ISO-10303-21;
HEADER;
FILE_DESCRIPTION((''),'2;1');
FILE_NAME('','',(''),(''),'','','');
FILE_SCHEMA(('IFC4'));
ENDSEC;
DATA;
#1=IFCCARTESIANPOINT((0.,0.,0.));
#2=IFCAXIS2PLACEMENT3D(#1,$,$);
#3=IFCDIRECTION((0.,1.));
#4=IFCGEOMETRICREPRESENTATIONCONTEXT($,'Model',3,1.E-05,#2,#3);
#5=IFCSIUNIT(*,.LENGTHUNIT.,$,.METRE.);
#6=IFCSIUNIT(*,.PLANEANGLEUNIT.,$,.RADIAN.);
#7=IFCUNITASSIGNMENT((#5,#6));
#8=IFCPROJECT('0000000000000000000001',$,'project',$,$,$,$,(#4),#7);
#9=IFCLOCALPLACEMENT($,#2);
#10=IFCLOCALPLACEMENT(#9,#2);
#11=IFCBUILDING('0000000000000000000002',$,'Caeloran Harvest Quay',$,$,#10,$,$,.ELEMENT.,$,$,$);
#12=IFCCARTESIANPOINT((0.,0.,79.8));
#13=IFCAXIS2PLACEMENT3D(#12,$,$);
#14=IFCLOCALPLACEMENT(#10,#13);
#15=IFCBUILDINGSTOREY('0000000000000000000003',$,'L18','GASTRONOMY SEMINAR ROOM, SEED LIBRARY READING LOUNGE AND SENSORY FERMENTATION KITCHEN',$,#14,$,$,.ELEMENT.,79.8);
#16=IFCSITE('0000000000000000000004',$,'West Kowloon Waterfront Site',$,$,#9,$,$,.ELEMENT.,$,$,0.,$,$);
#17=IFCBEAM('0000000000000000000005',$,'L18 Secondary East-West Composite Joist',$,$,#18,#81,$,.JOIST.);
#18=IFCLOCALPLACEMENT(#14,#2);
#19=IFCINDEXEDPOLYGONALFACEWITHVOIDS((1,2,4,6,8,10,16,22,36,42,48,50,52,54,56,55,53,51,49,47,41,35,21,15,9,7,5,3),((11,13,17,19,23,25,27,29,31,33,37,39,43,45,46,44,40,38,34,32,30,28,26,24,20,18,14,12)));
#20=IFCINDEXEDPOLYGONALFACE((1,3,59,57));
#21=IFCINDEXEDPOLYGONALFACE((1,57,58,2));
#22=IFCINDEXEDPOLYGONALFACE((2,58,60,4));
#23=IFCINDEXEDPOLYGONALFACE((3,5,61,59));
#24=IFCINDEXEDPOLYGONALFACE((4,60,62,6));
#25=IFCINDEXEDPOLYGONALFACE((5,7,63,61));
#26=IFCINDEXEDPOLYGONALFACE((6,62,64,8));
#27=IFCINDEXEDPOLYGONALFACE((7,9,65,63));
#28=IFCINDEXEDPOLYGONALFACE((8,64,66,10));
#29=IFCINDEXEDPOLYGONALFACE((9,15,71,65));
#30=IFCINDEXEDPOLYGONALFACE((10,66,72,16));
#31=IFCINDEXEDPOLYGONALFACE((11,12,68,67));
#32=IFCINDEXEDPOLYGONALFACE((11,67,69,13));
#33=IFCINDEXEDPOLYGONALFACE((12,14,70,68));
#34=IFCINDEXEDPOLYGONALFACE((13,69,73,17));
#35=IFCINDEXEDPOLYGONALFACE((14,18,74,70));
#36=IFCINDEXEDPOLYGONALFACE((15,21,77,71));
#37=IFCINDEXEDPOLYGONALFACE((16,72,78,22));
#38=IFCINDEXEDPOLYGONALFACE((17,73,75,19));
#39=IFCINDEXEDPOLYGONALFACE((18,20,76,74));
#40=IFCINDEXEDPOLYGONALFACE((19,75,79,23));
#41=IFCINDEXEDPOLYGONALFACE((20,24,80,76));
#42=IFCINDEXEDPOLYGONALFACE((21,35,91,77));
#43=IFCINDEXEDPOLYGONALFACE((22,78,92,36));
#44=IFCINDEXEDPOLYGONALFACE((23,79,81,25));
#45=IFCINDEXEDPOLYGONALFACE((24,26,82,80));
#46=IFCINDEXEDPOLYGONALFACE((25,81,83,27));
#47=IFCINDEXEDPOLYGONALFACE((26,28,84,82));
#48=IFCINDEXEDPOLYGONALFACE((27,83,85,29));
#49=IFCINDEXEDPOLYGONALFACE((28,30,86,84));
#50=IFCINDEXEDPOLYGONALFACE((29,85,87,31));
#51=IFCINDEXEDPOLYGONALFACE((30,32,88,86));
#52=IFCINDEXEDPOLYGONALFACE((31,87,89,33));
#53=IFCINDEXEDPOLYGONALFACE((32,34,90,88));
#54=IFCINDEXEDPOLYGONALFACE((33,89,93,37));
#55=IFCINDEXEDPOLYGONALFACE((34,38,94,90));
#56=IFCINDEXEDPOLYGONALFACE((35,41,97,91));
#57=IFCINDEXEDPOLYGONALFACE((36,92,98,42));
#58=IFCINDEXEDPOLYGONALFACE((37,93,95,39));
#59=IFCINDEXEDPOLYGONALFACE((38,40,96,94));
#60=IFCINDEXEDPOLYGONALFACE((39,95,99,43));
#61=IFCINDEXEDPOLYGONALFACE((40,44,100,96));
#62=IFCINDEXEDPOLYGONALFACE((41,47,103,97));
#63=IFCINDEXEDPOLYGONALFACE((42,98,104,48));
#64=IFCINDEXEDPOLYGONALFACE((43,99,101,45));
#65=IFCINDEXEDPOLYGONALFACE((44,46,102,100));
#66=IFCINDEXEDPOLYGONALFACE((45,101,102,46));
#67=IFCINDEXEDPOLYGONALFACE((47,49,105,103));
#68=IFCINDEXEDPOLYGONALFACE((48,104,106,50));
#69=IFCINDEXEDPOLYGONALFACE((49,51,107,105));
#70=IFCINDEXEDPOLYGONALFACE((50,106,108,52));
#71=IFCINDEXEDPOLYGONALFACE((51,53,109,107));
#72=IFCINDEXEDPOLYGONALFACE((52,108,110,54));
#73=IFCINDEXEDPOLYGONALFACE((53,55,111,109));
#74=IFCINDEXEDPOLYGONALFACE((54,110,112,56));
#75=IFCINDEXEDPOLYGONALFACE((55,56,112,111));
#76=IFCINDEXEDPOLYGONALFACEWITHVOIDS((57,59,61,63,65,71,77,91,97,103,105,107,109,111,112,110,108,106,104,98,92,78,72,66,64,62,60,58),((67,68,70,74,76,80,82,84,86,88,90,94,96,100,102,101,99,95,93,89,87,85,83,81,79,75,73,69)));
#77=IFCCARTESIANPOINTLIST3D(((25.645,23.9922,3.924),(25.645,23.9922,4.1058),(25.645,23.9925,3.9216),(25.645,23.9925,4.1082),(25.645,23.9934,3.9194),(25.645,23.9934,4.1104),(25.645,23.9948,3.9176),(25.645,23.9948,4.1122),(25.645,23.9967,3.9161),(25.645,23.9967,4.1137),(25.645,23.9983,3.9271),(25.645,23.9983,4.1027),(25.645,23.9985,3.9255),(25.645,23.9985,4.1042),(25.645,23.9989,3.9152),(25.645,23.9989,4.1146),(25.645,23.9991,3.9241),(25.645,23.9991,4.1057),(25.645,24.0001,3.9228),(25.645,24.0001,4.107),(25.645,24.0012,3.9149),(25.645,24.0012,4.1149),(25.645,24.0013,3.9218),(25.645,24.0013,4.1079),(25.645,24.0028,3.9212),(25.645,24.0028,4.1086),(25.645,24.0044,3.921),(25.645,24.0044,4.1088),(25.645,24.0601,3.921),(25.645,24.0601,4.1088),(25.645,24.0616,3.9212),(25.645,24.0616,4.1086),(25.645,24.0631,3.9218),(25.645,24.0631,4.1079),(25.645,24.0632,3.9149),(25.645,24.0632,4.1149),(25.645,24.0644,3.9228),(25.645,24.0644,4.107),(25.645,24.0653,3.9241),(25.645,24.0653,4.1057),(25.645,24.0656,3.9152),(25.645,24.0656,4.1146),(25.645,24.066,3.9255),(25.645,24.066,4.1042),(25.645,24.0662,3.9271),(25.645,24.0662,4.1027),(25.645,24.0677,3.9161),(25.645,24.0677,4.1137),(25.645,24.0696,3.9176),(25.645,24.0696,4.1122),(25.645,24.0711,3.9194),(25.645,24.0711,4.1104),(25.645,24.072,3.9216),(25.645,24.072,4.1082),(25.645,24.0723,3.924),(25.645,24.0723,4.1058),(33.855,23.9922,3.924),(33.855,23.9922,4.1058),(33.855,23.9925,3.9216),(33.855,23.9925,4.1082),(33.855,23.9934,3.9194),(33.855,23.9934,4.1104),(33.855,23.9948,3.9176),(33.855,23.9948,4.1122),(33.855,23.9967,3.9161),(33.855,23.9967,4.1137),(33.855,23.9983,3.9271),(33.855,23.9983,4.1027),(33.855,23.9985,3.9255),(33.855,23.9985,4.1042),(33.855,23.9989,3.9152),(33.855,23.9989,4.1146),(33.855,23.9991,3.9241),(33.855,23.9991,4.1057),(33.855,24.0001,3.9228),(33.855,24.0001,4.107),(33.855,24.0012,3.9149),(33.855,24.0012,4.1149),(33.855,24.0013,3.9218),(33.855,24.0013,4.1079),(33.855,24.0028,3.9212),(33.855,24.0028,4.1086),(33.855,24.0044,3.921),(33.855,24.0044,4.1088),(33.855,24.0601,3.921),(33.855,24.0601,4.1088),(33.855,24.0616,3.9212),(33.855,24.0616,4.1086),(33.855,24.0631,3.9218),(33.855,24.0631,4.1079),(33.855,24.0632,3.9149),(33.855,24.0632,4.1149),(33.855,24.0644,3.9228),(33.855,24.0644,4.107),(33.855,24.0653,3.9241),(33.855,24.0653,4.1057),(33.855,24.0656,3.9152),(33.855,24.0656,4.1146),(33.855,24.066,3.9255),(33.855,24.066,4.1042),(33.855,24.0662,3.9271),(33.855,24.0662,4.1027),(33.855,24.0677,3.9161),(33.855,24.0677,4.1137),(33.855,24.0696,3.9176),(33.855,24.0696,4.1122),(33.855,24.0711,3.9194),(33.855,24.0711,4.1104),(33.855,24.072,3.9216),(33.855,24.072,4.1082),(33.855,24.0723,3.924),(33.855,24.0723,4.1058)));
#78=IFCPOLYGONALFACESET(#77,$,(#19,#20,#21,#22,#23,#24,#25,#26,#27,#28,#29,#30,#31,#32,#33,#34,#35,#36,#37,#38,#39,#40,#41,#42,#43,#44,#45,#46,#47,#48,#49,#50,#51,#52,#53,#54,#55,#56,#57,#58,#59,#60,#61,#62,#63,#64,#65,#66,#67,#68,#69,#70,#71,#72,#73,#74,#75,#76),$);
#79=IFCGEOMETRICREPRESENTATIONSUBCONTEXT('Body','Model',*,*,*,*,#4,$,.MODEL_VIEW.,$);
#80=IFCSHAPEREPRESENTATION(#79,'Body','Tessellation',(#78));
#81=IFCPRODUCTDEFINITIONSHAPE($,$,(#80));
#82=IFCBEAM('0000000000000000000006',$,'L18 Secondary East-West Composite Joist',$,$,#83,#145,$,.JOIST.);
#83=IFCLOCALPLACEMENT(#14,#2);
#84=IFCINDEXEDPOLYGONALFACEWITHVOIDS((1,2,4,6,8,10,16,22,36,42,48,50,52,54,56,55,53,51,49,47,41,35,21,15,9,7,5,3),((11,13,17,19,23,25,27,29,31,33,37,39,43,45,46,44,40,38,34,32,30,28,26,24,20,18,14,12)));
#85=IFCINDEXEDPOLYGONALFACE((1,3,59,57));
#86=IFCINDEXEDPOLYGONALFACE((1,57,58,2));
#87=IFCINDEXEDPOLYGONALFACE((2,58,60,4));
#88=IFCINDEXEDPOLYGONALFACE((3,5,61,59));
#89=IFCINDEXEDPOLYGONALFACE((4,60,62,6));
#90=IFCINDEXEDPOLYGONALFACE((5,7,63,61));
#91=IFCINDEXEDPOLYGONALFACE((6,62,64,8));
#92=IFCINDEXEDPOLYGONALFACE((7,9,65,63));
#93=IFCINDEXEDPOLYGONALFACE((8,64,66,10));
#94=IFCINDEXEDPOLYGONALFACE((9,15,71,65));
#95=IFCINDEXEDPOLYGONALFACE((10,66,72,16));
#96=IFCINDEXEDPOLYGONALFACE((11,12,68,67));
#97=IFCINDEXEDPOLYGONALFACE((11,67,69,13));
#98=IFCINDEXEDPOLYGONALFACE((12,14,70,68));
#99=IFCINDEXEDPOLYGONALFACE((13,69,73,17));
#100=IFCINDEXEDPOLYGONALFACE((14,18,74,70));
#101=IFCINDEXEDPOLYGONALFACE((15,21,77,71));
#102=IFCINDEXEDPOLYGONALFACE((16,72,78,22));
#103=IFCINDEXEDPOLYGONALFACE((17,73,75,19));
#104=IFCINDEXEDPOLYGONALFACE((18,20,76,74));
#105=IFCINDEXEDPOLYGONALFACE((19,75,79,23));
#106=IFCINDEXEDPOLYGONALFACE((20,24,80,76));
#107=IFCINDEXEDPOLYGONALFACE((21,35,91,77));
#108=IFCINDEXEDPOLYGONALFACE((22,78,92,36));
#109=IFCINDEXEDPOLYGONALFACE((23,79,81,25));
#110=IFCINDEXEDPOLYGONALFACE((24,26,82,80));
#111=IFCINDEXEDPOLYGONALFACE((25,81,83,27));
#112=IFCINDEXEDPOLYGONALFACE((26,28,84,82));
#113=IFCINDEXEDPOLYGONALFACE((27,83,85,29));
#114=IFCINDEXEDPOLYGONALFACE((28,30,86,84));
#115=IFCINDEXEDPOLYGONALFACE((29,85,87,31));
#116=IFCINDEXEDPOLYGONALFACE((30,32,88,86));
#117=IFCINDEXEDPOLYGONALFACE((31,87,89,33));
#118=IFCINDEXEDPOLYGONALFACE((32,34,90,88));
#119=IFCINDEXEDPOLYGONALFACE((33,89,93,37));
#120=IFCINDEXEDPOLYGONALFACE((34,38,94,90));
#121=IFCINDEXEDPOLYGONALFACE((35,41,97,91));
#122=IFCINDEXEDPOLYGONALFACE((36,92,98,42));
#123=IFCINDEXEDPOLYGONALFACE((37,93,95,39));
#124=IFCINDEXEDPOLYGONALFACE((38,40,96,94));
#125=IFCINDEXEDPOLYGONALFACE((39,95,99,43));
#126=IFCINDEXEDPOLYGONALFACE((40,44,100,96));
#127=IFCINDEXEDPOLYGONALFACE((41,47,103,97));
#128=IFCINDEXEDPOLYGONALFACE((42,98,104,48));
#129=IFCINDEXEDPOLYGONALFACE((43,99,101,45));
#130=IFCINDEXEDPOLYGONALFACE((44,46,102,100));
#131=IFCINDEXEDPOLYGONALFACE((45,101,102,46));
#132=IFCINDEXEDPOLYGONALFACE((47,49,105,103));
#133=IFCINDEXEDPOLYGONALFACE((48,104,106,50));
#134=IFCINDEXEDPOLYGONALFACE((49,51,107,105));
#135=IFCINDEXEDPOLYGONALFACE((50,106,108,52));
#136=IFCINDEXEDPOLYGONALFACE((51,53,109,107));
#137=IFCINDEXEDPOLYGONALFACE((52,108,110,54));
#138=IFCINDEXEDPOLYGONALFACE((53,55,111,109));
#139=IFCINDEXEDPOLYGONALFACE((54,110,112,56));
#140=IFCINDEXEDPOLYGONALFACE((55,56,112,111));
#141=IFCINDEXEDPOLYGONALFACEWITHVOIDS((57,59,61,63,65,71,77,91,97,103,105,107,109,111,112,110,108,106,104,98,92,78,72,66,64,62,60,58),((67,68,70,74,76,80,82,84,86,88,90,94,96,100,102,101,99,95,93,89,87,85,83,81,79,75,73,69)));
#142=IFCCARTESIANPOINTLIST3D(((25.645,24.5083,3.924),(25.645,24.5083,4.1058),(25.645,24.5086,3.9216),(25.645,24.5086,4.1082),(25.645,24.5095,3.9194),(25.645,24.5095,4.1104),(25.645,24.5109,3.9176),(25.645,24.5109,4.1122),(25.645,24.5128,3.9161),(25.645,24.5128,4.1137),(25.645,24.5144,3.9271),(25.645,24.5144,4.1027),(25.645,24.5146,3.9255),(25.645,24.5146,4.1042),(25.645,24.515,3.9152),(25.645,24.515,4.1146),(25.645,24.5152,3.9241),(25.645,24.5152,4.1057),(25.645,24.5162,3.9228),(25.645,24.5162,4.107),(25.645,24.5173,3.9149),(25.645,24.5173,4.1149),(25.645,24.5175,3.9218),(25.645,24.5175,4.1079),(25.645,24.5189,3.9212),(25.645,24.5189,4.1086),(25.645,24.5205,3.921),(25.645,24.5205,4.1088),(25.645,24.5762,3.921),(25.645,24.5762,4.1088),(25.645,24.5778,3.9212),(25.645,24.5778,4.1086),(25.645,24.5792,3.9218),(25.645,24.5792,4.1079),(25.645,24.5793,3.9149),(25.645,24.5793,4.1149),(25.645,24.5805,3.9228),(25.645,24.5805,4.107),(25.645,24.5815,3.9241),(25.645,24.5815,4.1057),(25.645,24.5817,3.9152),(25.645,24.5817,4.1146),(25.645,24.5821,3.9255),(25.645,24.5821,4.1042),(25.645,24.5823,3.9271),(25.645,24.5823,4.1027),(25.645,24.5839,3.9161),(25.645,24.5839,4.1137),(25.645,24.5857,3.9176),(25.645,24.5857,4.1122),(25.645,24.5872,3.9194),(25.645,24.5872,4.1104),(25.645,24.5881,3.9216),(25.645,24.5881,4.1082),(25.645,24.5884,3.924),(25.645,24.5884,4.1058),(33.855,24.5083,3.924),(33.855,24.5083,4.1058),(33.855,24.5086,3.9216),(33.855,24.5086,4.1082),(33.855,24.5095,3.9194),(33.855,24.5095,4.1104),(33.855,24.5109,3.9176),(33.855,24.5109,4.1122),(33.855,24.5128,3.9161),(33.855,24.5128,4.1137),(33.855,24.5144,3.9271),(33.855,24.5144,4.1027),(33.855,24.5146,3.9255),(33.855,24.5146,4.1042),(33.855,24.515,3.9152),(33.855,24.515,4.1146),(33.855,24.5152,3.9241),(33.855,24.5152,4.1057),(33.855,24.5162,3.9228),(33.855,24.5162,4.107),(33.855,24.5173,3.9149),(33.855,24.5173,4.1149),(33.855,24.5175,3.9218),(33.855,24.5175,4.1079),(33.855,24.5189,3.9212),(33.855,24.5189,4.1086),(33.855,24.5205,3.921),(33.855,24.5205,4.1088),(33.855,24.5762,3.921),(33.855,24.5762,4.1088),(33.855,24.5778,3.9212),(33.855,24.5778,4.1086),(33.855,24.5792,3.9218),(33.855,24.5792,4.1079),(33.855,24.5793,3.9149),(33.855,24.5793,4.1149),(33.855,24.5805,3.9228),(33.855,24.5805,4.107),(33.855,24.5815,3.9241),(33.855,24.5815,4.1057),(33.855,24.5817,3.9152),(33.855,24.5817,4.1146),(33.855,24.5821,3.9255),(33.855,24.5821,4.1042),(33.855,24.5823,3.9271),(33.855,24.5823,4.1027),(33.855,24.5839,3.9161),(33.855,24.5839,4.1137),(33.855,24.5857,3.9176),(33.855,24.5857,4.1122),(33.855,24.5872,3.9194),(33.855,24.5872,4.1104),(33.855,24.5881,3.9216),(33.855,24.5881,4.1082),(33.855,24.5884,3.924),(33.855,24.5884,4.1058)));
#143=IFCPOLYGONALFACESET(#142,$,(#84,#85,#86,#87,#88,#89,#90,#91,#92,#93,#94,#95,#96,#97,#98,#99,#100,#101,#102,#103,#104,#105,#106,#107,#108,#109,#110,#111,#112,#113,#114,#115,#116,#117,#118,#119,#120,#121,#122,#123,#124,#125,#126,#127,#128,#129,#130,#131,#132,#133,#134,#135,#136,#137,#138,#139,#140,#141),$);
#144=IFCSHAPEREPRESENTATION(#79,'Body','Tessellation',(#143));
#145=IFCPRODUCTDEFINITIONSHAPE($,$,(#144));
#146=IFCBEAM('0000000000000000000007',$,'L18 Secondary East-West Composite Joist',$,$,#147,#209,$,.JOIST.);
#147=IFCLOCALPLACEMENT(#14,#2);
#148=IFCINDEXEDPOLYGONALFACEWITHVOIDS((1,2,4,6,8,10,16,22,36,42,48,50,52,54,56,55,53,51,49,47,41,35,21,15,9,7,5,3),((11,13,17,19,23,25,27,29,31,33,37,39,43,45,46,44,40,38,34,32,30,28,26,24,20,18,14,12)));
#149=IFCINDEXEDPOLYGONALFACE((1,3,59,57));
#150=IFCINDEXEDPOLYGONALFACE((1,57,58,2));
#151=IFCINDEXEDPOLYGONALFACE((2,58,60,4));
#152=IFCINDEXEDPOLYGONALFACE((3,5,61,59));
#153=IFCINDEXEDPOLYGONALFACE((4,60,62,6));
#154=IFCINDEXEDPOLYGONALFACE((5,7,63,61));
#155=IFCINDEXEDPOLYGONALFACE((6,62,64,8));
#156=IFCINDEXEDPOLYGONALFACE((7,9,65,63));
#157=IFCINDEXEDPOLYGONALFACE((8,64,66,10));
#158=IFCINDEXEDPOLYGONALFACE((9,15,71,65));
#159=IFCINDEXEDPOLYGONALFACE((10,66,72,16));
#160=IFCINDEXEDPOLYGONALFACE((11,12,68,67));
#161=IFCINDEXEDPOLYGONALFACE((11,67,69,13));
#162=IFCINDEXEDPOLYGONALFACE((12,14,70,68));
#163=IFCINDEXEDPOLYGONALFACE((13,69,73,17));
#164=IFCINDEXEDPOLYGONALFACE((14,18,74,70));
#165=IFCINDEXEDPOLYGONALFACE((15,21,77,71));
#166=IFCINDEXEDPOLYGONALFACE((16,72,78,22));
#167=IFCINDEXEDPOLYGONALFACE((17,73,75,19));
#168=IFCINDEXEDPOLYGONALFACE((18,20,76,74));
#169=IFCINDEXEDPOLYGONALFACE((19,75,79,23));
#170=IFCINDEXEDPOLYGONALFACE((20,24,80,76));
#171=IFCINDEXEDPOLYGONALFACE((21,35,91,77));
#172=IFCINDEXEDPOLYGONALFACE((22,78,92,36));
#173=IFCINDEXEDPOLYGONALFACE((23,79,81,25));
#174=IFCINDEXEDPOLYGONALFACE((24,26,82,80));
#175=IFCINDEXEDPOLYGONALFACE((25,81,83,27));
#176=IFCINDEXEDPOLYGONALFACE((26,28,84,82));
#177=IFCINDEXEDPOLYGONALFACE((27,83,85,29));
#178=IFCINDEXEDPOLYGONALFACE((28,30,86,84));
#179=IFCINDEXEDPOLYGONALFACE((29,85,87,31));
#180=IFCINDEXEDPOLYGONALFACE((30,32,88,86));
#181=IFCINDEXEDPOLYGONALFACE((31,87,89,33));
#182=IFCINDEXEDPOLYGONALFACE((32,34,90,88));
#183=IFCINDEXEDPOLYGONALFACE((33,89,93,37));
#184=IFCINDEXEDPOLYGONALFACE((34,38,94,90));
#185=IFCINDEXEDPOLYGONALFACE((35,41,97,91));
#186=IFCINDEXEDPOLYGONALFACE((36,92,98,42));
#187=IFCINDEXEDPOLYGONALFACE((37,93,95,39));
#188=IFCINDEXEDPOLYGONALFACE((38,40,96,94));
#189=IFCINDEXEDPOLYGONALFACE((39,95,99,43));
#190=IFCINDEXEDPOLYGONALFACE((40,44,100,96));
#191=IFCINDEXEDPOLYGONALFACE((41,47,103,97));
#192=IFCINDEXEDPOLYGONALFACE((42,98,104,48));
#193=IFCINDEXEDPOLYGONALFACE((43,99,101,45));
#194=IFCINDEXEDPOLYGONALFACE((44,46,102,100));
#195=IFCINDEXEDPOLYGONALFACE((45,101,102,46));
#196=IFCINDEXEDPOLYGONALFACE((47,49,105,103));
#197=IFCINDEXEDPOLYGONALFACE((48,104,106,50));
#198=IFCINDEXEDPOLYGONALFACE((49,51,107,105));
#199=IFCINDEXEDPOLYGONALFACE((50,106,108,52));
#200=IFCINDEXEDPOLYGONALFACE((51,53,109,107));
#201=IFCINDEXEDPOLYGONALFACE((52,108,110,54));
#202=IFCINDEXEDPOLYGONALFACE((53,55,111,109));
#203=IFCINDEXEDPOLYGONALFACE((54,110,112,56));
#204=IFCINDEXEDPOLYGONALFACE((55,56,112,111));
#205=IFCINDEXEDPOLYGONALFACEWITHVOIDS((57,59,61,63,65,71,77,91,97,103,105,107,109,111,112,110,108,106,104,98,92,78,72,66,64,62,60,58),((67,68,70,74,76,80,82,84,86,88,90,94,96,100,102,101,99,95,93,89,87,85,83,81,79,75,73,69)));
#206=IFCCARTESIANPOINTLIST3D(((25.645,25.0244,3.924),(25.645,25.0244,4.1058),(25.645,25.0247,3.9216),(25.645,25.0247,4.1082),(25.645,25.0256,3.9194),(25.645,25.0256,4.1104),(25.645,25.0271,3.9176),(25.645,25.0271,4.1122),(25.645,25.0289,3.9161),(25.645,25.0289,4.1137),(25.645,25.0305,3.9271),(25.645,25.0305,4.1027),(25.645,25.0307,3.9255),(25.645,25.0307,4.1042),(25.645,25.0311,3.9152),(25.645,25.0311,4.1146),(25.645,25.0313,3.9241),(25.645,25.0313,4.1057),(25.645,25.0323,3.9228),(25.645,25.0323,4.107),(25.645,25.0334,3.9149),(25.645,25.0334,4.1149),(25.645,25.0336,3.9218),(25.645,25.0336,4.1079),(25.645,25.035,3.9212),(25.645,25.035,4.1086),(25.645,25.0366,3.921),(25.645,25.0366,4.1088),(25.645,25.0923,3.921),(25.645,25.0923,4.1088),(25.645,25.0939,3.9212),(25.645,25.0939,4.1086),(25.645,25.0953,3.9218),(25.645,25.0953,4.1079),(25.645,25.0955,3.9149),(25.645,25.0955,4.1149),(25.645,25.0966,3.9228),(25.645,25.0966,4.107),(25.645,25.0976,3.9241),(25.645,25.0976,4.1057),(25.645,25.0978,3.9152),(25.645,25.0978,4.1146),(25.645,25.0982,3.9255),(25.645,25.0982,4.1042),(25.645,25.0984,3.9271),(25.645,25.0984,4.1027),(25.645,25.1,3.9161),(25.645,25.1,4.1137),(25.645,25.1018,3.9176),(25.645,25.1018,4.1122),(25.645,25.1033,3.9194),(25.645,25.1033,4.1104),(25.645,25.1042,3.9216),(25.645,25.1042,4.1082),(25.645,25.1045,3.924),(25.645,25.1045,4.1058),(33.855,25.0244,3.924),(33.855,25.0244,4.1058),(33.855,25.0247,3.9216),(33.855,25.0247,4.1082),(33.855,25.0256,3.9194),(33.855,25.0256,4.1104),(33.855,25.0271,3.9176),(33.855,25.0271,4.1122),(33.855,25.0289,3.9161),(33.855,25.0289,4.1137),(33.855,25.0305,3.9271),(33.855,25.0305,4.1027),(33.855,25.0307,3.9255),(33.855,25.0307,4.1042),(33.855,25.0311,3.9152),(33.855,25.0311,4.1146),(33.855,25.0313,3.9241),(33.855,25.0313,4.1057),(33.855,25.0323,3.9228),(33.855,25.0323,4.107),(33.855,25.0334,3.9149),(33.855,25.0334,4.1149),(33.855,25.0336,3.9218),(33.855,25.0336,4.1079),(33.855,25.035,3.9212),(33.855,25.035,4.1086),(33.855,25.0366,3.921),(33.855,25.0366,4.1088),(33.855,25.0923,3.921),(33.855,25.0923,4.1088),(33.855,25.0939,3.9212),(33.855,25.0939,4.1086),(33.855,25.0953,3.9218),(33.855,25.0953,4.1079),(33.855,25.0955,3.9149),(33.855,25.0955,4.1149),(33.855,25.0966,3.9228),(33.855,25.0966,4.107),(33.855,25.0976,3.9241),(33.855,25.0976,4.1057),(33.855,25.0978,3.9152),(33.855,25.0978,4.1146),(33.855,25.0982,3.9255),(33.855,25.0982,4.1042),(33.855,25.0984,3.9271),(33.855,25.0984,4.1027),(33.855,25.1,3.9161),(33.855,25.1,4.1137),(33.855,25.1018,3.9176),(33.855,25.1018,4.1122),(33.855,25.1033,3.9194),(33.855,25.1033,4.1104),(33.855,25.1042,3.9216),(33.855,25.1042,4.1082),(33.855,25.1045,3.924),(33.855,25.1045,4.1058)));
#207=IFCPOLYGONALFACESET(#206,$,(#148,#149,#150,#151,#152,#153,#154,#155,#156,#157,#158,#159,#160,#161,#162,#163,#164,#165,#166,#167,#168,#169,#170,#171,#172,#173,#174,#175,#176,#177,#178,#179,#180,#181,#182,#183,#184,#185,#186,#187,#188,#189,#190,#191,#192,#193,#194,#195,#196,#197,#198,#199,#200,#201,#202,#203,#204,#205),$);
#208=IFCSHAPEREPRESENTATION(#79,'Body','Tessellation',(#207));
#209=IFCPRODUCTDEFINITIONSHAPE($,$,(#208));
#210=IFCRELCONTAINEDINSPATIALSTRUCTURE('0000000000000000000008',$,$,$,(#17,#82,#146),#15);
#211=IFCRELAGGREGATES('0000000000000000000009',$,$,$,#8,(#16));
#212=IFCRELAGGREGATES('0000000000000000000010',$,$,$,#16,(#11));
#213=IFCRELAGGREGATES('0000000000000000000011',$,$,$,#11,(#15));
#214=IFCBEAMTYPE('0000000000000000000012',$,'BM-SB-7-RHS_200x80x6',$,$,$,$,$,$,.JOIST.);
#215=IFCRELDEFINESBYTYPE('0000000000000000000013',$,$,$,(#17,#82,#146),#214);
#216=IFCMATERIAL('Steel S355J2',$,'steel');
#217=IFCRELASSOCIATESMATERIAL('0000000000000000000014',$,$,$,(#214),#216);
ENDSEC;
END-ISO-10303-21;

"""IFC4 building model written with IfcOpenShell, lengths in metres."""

from ifc_helpers import new_model, si_unit, direction, frame, origin, origin_2d, place, context, subcontext, project, spatial, hollow_rectangle, extrude, material, material_profile, profile_set, type_object, element, save


model = new_model("IFC4")

# Units and contexts
model_context = context("Model", 3, precision=1e-05, world=origin(), true_north=direction((0.0, 1.0)))
body_context = subcontext(model_context, "Body", "Model", "MODEL_VIEW")
ifc_project = project(units=[si_unit("LENGTHUNIT", "METRE"), si_unit("PLANEANGLEUNIT", "RADIAN")], contexts=[model_context])

# Site, building, storey
site_placement = place(None, origin())
site = spatial("IfcSite", under=ifc_project, at=site_placement, Name="West Kowloon Waterfront Site", CompositionType="ELEMENT", RefElevation=0.0)
building_placement = place(site_placement, origin())
building = spatial("IfcBuilding", under=site, at=building_placement, Name="Caeloran Harvest Quay", CompositionType="ELEMENT")
storey_placement = place(building_placement, frame((0.0, 0.0, 79.8)))
storey = spatial("IfcBuildingStorey", under=building, at=storey_placement, Name="L18", Description="GASTRONOMY SEMINAR ROOM, SEED LIBRARY READING LOUNGE AND SENSORY FERMENTATION KITCHEN", CompositionType="ELEMENT", Elevation=79.8)

# Beams
ifc_material_1 = material(Name="Steel S355J2", Category="steel")
ifc_material_profile_1 = material_profile(ifc_material_1, hollow_rectangle(XDim=0.0801, YDim=0.2, WallThickness=0.0061, InnerFilletRadius=0.0061, OuterFilletRadius=0.009, at=origin_2d()), Name="RHS 200x80x6")
ifc_profile_set_1 = profile_set([ifc_material_profile_1], Name="Steel S355J2")
beam_type_1 = type_object("IfcBeamType", Name="BM-SB-7-RHS_200x80x6", PredefinedType="JOIST", material=ifc_profile_set_1)
for number, where, z_axis, x_axis, name in (
    (1, (25.645, 24.0322, 4.0149), (1.0, 0.0, 0.0), (0.0, 1.0, 0.0), "L18 Secondary East-West Composite Joist"),
    (2, (25.645, 24.5483, 4.0149), (1.0, 0.0, 0.0), (0.0, 1.0, 0.0), "L18 Secondary East-West Composite Joist"),
    (3, (25.645, 25.0645, 4.0149), (1.0, 0.0, 0.0), (0.0, 1.0, 0.0), "L18 Secondary East-West Composite Joist"),
):
    element("IfcBeam", number, at=place(storey_placement, frame(where, z_axis=z_axis, x_axis=x_axis)), inside=storey, type_object=beam_type_1, Name=name, PredefinedType="JOIST", context=body_context, shape_type="SweptSolid", body=[
        extrude(hollow_rectangle(XDim=0.0801, YDim=0.2, WallThickness=0.0061, InnerFilletRadius=0.0061, OuterFilletRadius=0.009, at=origin_2d()), origin(), (0.0, 0.0, 1.0), 8.21),
    ])

save(model, "model.ifc")
